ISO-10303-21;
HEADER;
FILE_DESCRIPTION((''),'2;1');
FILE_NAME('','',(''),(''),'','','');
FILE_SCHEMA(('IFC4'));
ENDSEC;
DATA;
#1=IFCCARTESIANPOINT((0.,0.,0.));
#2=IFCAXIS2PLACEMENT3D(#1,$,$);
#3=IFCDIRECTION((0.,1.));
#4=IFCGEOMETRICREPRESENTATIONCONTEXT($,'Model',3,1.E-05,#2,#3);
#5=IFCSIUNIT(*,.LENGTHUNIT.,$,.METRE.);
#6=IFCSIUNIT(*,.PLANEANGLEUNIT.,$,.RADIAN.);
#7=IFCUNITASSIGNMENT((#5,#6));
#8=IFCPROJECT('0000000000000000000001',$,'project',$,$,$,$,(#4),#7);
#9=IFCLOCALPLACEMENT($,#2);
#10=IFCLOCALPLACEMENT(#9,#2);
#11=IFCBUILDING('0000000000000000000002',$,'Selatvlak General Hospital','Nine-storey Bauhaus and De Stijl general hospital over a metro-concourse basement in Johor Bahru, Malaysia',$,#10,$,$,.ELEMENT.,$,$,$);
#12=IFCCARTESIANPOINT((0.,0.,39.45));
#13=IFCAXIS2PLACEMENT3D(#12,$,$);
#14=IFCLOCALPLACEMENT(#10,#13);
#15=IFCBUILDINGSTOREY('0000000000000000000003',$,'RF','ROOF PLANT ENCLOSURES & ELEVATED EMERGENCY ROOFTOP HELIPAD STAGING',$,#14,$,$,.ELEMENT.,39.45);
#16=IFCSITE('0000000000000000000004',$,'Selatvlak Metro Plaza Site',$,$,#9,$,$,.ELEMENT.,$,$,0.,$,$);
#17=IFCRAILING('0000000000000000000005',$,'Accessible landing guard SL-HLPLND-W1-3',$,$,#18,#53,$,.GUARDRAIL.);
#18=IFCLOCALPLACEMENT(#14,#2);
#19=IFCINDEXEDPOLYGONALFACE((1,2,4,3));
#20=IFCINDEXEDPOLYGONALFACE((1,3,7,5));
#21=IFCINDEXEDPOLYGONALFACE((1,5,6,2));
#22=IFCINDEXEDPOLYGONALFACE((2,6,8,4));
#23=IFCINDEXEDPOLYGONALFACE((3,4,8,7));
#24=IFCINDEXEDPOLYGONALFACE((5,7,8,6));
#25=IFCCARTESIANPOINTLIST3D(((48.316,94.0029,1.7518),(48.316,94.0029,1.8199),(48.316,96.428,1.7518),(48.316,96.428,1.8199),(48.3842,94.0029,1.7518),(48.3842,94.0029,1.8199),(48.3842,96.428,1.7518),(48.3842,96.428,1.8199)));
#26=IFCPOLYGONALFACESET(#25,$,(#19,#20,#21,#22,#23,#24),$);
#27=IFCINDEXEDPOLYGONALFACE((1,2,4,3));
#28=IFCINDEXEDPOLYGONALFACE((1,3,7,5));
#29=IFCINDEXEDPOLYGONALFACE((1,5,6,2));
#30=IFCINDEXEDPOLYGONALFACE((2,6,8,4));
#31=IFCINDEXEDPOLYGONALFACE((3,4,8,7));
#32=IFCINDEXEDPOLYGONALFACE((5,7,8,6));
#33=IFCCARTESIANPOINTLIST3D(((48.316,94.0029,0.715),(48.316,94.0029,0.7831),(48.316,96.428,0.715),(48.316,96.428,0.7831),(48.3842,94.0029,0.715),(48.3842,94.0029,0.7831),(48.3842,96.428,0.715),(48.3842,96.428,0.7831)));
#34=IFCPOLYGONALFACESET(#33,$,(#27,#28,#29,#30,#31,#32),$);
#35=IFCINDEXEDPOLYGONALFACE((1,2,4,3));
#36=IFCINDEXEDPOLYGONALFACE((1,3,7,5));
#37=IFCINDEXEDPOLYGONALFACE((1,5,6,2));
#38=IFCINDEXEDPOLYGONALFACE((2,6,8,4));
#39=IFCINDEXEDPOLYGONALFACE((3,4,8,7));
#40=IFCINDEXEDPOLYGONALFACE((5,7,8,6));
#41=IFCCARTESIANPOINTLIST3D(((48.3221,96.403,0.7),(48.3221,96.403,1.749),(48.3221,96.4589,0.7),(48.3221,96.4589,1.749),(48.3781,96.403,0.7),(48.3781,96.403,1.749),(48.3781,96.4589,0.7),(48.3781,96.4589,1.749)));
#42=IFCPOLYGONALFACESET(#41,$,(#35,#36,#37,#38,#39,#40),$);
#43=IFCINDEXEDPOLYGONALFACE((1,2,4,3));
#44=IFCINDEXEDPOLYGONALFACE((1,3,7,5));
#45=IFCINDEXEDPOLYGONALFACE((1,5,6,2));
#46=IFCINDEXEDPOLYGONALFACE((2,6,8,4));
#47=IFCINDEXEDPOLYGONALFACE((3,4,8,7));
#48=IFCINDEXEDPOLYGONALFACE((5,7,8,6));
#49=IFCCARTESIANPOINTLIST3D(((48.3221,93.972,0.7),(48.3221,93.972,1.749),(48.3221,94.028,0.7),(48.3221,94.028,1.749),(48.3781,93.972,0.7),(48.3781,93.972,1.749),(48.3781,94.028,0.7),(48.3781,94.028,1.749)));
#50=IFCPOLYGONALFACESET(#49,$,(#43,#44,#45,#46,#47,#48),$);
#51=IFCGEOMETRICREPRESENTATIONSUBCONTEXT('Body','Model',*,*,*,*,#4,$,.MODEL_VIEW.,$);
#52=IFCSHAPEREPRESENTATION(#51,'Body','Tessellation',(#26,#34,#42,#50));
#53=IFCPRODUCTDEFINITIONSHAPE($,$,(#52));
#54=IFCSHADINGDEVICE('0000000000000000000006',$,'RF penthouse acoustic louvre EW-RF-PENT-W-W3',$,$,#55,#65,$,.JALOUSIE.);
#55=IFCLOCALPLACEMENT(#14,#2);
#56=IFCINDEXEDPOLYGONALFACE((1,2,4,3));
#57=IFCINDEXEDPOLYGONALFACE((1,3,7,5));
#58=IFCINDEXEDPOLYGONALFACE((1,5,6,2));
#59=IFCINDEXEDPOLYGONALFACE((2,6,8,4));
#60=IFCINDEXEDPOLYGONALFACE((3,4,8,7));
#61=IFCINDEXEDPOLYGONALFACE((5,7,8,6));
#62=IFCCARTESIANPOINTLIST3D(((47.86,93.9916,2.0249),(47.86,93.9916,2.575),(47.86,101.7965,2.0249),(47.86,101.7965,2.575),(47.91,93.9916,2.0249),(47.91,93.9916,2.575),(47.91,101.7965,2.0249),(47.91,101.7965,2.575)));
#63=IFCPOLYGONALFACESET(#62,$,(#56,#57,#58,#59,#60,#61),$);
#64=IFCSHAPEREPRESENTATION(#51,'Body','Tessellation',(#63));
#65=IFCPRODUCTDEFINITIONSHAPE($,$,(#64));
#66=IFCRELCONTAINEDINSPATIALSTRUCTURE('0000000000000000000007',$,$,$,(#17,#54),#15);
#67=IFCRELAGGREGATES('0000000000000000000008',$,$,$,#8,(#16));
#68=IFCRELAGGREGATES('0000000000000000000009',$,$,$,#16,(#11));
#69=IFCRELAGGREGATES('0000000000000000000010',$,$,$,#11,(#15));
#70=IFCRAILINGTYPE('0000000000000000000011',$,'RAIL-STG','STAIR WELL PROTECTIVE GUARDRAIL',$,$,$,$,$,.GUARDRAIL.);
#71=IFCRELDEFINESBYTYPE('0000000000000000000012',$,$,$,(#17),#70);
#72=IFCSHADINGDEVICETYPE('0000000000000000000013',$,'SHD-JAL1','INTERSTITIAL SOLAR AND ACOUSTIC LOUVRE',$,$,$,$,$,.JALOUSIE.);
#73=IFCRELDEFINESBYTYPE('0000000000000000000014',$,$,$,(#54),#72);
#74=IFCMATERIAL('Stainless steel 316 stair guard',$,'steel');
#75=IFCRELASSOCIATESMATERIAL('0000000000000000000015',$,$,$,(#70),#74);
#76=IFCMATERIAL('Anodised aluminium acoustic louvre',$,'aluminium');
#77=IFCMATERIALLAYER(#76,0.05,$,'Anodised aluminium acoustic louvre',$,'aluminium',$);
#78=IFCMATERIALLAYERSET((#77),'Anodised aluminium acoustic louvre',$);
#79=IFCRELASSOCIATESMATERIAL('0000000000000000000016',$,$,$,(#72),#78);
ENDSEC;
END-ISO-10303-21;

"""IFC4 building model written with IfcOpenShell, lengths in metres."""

from ifc_helpers import new_model, si_unit, direction, frame, origin, origin_2d, place, context, subcontext, project, spatial, rectangle, extrude, material, layer, layer_set, type_object, element, save


model = new_model("IFC4")

# Units and contexts
model_context = context("Model", 3, precision=1e-05, world=origin(), true_north=direction((0.0, 1.0)))
body_context = subcontext(model_context, "Body", "Model", "MODEL_VIEW")
ifc_project = project(units=[si_unit("LENGTHUNIT", "METRE"), si_unit("PLANEANGLEUNIT", "RADIAN")], contexts=[model_context])

# Site, building, storey
site_placement = place(None, origin())
site = spatial("IfcSite", under=ifc_project, at=site_placement, Name="Selatvlak Metro Plaza Site", CompositionType="ELEMENT", RefElevation=0.0)
building_placement = place(site_placement, origin())
building = spatial("IfcBuilding", under=site, at=building_placement, Name="Selatvlak General Hospital", Description="Nine-storey Bauhaus and De Stijl general hospital over a metro-concourse basement in Johor Bahru, Malaysia", CompositionType="ELEMENT")
storey_placement = place(building_placement, frame((0.0, 0.0, 39.45)))
storey = spatial("IfcBuildingStorey", under=building, at=storey_placement, Name="RF", Description="ROOF PLANT ENCLOSURES & ELEVATED EMERGENCY ROOFTOP HELIPAD STAGING", CompositionType="ELEMENT", Elevation=39.45)

# Railing
ifc_material_1 = material(Name="Stainless steel 316 stair guard", Category="steel")
railing_type = type_object("IfcRailingType", Name="RAIL-STG", Description="STAIR WELL PROTECTIVE GUARDRAIL", PredefinedType="GUARDRAIL", material=ifc_material_1)
railing_1_placement = place(storey_placement, frame((48.3501, 96.4309, 0.7)))
element("IfcRailing", 1, at=railing_1_placement, inside=storey, type_object=railing_type, Name="Accessible landing guard SL-HLPLND-W1-3", PredefinedType="GUARDRAIL", context=body_context, shape_type="SweptSolid", body=[
    extrude(rectangle(XDim=0.0681, YDim=0.0681, at=origin_2d()), frame((0.0, -0.0029, 1.0859), z_axis=(0.0, -1.0, 0.0), x_axis=(1.0, 0.0, 0.0)), (0.0, 0.0, 1.0), 2.425),
    extrude(rectangle(XDim=0.0681, YDim=0.0681, at=origin_2d()), frame((0.0, -0.0029, 0.0491), z_axis=(0.0, -1.0, 0.0), x_axis=(1.0, 0.0, 0.0)), (0.0, 0.0, 1.0), 2.425),
    extrude(rectangle(XDim=0.0559, YDim=0.0559, at=origin_2d()), origin(), (0.0, 0.0, 1.0), 1.0491),
    extrude(rectangle(XDim=0.0559, YDim=0.0559, at=origin_2d()), frame((0.0, -2.4309, 0.0)), (0.0, 0.0, 1.0), 1.0491),
])

# Shading device
ifc_material_2 = material(Name="Anodised aluminium acoustic louvre", Category="aluminium")
ifc_layer_1 = layer(ifc_material_2, 0.05, Name="Anodised aluminium acoustic louvre", Category="aluminium")
ifc_layer_set_1 = layer_set([ifc_layer_1], Name="Anodised aluminium acoustic louvre")
shading_device_type = type_object("IfcShadingDeviceType", Name="SHD-JAL1", Description="INTERSTITIAL SOLAR AND ACOUSTIC LOUVRE", PredefinedType="JALOUSIE", material=ifc_layer_set_1)
shading_device_placement = place(storey_placement, frame((47.885, 97.894, 2.0249), z_axis=(0.0, 0.0, 1.0), x_axis=(0.0, -1.0, 0.0)))
element("IfcShadingDevice", 2, at=shading_device_placement, inside=storey, type_object=shading_device_type, Name="RF penthouse acoustic louvre EW-RF-PENT-W-W3", PredefinedType="JALOUSIE", context=body_context, shape_type="SweptSolid", body=[
    extrude(rectangle(XDim=7.8049, YDim=0.05, at=origin_2d()), origin(), (0.0, 0.0, 1.0), 0.55),
])

save(model, "model.ifc")
